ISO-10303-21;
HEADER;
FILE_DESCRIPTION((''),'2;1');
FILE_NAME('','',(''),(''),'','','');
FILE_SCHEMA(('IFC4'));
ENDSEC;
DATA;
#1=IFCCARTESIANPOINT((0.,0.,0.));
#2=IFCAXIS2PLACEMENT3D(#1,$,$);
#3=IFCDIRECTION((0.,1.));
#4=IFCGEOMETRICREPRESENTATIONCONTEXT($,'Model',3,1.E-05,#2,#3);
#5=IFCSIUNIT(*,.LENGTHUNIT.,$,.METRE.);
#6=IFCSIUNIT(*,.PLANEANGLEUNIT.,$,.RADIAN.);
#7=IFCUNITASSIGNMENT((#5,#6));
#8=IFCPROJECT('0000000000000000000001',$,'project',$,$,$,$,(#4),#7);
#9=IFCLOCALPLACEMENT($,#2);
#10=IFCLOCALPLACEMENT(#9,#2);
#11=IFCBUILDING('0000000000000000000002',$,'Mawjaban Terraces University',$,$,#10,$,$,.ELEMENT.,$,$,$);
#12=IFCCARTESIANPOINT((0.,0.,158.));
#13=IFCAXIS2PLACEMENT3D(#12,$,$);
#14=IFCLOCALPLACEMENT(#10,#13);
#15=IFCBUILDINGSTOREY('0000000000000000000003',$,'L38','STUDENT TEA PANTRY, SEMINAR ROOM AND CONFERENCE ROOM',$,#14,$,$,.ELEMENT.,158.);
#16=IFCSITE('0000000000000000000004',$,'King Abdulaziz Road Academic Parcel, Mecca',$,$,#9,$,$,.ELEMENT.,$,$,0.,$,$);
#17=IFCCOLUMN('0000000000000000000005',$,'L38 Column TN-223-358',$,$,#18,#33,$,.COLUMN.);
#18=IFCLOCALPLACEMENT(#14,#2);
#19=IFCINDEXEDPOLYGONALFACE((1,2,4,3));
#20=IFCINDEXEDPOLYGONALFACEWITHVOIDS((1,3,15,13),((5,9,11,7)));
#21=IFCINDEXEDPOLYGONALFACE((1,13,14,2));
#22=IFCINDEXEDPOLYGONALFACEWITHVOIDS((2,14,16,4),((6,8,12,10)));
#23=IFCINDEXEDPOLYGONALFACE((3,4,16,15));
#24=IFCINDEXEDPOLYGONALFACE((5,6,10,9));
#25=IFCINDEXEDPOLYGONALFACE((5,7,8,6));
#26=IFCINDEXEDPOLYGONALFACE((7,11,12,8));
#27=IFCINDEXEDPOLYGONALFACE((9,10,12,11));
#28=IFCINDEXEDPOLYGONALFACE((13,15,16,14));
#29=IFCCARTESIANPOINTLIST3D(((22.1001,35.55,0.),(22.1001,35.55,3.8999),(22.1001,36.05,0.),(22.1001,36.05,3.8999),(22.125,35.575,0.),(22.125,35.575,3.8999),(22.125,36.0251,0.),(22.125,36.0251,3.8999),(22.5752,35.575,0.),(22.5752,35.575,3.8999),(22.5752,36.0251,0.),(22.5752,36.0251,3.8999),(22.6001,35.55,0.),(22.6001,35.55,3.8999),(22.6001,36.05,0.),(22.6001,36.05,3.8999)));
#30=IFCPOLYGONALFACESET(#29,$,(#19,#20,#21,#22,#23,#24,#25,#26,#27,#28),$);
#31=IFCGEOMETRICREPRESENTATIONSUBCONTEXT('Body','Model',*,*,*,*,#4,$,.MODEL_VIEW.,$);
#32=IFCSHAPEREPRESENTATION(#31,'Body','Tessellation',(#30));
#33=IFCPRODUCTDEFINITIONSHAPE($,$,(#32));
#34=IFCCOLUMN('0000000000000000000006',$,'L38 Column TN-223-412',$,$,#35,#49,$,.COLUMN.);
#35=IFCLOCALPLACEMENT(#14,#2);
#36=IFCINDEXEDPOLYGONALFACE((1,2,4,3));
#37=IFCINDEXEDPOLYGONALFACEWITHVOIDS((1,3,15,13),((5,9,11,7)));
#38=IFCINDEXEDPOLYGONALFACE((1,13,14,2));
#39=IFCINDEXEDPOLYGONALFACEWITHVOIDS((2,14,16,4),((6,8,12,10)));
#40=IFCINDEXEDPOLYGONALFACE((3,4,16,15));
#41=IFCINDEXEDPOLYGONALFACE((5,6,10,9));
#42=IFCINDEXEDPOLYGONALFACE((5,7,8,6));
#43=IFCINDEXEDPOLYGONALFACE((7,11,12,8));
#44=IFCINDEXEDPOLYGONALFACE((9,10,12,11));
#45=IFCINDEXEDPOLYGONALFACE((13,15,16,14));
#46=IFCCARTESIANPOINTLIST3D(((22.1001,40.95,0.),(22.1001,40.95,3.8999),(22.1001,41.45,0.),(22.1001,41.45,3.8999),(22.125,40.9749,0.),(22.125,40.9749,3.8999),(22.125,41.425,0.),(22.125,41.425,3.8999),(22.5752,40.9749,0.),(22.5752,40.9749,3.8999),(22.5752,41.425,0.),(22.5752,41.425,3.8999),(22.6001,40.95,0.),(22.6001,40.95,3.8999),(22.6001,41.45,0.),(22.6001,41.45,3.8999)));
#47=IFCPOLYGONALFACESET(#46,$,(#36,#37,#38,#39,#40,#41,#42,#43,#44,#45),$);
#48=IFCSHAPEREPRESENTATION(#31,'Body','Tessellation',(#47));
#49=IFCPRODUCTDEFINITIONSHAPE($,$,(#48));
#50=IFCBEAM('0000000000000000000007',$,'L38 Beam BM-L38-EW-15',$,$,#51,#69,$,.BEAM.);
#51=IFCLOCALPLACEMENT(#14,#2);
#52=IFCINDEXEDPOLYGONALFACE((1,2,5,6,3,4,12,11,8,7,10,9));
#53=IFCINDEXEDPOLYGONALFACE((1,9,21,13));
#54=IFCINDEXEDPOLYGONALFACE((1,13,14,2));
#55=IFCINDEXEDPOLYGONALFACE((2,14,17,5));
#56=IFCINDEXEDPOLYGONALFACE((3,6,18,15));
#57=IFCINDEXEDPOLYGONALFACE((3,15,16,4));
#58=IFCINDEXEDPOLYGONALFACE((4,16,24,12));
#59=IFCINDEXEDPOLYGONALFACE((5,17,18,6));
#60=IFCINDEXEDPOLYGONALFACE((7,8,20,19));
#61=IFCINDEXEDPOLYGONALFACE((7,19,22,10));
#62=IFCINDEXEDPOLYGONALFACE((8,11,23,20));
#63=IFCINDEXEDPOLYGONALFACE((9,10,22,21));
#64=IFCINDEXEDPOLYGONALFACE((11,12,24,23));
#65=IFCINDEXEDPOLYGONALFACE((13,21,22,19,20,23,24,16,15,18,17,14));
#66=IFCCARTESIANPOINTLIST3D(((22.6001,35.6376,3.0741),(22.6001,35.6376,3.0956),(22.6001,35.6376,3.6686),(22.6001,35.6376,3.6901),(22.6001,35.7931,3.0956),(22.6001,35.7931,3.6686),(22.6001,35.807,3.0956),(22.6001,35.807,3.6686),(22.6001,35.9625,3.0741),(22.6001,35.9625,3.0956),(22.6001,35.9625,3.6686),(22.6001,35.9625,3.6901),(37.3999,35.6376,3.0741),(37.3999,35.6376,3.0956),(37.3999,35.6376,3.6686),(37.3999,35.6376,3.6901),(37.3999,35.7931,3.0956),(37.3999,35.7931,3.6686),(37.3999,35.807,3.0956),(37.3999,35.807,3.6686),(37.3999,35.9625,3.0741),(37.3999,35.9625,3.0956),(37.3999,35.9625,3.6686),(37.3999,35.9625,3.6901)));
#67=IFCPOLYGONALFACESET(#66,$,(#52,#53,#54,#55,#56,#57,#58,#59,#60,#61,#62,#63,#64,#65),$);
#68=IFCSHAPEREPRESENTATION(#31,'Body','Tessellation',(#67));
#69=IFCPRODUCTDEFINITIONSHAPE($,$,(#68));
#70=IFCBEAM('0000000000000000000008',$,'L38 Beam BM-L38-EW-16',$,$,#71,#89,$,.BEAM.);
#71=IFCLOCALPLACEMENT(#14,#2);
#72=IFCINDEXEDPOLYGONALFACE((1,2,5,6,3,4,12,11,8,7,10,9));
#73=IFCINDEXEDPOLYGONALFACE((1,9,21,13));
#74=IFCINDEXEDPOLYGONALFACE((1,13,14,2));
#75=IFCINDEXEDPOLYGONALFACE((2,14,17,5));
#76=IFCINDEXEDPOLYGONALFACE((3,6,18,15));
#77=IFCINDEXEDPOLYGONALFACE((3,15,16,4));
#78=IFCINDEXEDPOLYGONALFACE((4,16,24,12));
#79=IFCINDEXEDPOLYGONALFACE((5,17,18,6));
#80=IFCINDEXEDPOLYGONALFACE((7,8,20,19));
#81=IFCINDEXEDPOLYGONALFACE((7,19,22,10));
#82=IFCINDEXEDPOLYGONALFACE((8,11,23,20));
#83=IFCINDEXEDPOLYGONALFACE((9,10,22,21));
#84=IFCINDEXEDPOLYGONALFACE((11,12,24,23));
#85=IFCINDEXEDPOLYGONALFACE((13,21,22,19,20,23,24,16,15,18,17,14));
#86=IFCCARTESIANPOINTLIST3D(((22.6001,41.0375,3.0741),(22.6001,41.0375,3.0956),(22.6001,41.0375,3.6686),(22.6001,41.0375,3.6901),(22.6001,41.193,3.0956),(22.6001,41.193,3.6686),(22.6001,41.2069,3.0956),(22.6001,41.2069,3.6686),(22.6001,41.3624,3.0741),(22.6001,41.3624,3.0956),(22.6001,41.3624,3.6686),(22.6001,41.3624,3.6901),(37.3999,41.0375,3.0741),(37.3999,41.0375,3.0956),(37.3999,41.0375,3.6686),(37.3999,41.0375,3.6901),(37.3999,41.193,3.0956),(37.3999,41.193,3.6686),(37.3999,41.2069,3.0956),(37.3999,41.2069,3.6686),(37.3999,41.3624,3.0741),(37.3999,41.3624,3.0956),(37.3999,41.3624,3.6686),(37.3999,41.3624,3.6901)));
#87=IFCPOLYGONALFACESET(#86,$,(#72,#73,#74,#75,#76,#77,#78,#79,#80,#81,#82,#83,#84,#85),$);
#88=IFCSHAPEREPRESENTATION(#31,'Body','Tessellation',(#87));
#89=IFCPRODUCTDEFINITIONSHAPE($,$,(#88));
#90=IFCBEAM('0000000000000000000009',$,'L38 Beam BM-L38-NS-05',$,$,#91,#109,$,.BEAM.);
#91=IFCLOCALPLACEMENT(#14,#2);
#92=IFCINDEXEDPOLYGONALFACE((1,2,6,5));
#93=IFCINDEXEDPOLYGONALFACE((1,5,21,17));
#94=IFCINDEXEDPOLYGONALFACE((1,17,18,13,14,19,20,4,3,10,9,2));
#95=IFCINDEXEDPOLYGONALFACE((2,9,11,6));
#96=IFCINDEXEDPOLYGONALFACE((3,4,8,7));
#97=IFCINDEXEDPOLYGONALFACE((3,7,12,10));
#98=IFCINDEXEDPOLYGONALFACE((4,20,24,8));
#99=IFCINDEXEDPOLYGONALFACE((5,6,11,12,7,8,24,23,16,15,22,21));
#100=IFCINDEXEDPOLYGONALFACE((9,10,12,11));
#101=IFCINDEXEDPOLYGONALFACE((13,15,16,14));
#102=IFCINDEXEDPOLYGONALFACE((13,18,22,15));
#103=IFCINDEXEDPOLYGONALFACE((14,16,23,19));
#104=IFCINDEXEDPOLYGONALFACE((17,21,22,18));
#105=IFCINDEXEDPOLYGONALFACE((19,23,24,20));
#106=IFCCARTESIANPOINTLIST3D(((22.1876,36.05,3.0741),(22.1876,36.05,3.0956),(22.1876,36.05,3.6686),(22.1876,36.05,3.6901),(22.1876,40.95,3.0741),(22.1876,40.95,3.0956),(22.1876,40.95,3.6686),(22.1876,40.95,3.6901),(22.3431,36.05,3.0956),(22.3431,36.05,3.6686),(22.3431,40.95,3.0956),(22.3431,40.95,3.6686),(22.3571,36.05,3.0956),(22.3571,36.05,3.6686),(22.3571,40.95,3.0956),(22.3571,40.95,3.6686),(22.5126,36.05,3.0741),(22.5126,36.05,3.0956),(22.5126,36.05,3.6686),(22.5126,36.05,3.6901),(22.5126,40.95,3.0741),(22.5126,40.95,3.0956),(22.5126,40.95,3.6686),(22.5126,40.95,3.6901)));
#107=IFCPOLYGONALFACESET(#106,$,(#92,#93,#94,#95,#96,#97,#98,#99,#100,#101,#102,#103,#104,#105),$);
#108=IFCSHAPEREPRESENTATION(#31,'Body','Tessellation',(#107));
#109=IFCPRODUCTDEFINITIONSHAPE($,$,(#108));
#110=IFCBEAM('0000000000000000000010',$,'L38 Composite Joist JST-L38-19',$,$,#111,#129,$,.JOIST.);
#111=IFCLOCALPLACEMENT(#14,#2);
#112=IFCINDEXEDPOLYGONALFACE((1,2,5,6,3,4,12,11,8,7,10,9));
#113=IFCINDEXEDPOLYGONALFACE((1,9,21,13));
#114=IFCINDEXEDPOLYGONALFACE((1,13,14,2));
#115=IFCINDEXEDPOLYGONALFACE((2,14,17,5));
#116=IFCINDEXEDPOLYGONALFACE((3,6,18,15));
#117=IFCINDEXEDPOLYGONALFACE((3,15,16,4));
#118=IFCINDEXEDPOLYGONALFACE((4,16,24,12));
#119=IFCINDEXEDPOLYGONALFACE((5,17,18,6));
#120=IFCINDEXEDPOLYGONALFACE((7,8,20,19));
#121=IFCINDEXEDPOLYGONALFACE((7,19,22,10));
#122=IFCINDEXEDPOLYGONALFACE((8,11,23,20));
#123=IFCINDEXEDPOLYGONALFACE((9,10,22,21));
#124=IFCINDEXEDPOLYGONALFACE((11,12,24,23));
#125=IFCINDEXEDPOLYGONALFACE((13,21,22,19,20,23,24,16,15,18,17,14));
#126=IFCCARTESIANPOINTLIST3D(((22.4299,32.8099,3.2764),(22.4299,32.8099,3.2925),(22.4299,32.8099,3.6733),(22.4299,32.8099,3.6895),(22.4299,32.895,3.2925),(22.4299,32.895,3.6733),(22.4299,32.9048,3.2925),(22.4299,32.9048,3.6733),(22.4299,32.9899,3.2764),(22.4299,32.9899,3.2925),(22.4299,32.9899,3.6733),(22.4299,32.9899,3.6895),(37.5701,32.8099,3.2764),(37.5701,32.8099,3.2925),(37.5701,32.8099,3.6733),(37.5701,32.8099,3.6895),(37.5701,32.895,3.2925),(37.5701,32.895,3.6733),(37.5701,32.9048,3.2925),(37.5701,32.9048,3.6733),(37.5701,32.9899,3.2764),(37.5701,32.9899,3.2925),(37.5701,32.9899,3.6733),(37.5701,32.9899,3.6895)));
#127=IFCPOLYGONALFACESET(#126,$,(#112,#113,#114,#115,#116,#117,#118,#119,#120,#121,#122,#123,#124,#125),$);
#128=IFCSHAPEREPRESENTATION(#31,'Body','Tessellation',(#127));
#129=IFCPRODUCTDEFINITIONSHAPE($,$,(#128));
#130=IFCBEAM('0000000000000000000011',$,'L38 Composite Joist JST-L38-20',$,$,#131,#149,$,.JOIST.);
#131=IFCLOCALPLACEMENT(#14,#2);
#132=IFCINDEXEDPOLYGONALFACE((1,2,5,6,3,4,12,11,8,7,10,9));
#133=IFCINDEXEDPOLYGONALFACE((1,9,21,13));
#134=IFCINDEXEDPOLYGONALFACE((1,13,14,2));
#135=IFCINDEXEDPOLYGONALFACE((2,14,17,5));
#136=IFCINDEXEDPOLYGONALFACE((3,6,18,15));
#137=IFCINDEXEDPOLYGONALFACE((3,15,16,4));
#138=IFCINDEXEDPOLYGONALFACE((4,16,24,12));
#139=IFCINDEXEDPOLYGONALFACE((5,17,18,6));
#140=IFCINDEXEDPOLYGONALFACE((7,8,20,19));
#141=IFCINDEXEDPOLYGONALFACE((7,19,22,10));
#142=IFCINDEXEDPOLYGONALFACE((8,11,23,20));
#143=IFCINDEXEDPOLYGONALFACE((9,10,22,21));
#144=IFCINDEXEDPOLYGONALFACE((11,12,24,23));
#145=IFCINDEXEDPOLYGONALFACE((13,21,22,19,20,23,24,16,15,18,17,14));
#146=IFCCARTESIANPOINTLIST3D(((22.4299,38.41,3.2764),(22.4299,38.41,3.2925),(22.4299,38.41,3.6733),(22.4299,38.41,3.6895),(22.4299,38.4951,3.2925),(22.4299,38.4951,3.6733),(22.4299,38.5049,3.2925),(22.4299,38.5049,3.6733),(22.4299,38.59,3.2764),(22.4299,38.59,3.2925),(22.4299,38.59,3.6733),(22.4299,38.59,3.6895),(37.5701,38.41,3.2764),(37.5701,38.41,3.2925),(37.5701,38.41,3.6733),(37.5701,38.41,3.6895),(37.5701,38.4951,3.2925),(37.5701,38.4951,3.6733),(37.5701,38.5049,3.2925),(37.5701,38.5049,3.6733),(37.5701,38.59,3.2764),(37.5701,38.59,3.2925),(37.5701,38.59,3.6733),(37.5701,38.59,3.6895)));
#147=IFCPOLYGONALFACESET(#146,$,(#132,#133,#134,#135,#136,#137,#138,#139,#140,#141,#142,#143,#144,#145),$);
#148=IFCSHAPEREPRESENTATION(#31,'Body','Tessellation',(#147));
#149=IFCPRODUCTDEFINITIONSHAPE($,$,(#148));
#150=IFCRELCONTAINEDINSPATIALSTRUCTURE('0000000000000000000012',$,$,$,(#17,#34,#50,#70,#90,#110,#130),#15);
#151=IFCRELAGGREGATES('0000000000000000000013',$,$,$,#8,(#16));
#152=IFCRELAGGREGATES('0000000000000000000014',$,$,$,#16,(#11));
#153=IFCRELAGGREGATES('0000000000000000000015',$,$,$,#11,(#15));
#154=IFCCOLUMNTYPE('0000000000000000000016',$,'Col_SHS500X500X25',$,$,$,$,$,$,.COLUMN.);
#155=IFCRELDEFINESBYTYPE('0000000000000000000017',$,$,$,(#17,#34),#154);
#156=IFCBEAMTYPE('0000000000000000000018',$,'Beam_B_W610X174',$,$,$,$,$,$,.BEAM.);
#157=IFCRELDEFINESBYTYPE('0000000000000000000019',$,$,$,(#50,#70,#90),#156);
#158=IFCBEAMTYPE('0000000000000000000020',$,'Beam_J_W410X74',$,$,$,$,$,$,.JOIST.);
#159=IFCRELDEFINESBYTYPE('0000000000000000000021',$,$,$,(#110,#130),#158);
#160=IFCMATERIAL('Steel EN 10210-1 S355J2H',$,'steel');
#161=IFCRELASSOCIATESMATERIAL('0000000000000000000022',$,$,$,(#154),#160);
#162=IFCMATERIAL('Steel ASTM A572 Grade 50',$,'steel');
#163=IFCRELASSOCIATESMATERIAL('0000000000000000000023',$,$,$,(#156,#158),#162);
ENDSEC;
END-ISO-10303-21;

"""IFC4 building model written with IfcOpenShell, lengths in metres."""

from ifc_helpers import new_model, si_unit, direction, frame, origin, origin_2d, place, context, subcontext, project, spatial, hollow_rectangle, i_section, extrude, material, material_profile, profile_set, type_object, element, save


model = new_model("IFC4")

# Units and contexts
model_context = context("Model", 3, precision=1e-05, world=origin(), true_north=direction((0.0, 1.0)))
body_context = subcontext(model_context, "Body", "Model", "MODEL_VIEW")
ifc_project = project(units=[si_unit("LENGTHUNIT", "METRE"), si_unit("PLANEANGLEUNIT", "RADIAN")], contexts=[model_context])

# Site, building, storey
site_placement = place(None, origin())
site = spatial("IfcSite", under=ifc_project, at=site_placement, Name="King Abdulaziz Road Academic Parcel, Mecca", CompositionType="ELEMENT", RefElevation=0.0)
building_placement = place(site_placement, origin())
building = spatial("IfcBuilding", under=site, at=building_placement, Name="Mawjaban Terraces University", CompositionType="ELEMENT")
storey_placement = place(building_placement, frame((0.0, 0.0, 158.0)))
storey = spatial("IfcBuildingStorey", under=building, at=storey_placement, Name="L38", Description="STUDENT TEA PANTRY, SEMINAR ROOM AND CONFERENCE ROOM", CompositionType="ELEMENT", Elevation=158.0)

# Columns
ifc_material_1 = material(Name="Steel EN 10210-1 S355J2H", Category="steel")
ifc_material_profile_1 = material_profile(ifc_material_1, hollow_rectangle(XDim=0.5, YDim=0.5, WallThickness=0.0249, at=origin_2d()), Name="SHS500X500X25")
ifc_profile_set_1 = profile_set([ifc_material_profile_1], Name="Steel EN 10210-1 S355J2H")
column_type = type_object("IfcColumnType", Name="Col_SHS500X500X25", PredefinedType="COLUMN", material=ifc_profile_set_1)
for number, where, z_axis, x_axis, name in (
    (1, (22.3501, 35.8, 0.0), (0.0, 0.0, 1.0), (1.0, 0.0, 0.0), "L38 Column TN-223-358"),
    (2, (22.3501, 41.2, 0.0), (0.0, 0.0, 1.0), (1.0, 0.0, 0.0), "L38 Column TN-223-412"),
):
    element("IfcColumn", number, at=place(storey_placement, frame(where, z_axis=z_axis, x_axis=x_axis)), inside=storey, type_object=column_type, Name=name, PredefinedType="COLUMN", context=body_context, shape_type="SweptSolid", body=[
        extrude(hollow_rectangle(XDim=0.5, YDim=0.5, WallThickness=0.0249, at=origin_2d()), origin(), (0.0, 0.0, 1.0), 3.8999),
    ])

# Beams
ifc_material_2 = material(Name="Steel ASTM A572 Grade 50", Category="steel")
ifc_material_profile_2 = material_profile(ifc_material_2, i_section(OverallWidth=0.325, OverallDepth=0.616, WebThickness=0.0139, FlangeThickness=0.0215, at=origin_2d()), Name="W610X174")
ifc_profile_set_2 = profile_set([ifc_material_profile_2], Name="Steel ASTM A572 Grade 50")
beam_type_1 = type_object("IfcBeamType", Name="Beam_B_W610X174", PredefinedType="BEAM", material=ifc_profile_set_2)
for number, where, z_axis, x_axis, name in (
    (3, (22.6001, 35.8, 3.3821), (1.0, 0.0, 0.0), (0.0, 1.0, 0.0), "L38 Beam BM-L38-EW-15"),
    (4, (22.6001, 41.2, 3.3821), (1.0, 0.0, 0.0), (0.0, 1.0, 0.0), "L38 Beam BM-L38-EW-16"),
):
    element("IfcBeam", number, at=place(storey_placement, frame(where, z_axis=z_axis, x_axis=x_axis)), inside=storey, type_object=beam_type_1, Name=name, PredefinedType="BEAM", context=body_context, shape_type="SweptSolid", body=[
        extrude(i_section(OverallWidth=0.325, OverallDepth=0.616, WebThickness=0.0139, FlangeThickness=0.0215, at=origin_2d()), origin(), (0.0, 0.0, 1.0), 14.7998),
    ])
beam_placement = place(storey_placement, frame((22.3501, 36.05, 3.3821), z_axis=(0.0, 1.0, 0.0), x_axis=(-1.0, 0.0, 0.0)))
element("IfcBeam", 5, at=beam_placement, inside=storey, type_object=beam_type_1, Name="L38 Beam BM-L38-NS-05", PredefinedType="BEAM", context=body_context, shape_type="SweptSolid", body=[
    extrude(i_section(OverallWidth=0.325, OverallDepth=0.616, WebThickness=0.0139, FlangeThickness=0.0215, at=origin_2d()), origin(), (0.0, 0.0, 1.0), 4.8999),
])
ifc_material_profile_3 = material_profile(ifc_material_2, i_section(OverallWidth=0.1799, OverallDepth=0.4131, WebThickness=0.0098, FlangeThickness=0.0161, at=origin_2d()), Name="W410X74")
ifc_profile_set_3 = profile_set([ifc_material_profile_3], Name="Steel ASTM A572 Grade 50")
beam_type_2 = type_object("IfcBeamType", Name="Beam_J_W410X74", PredefinedType="JOIST", material=ifc_profile_set_3)
for number, where, z_axis, x_axis, name in (
    (6, (22.4299, 32.8999, 3.4829), (1.0, 0.0, 0.0), (0.0, 1.0, 0.0), "L38 Composite Joist JST-L38-19"),
    (7, (22.4299, 38.5, 3.4829), (1.0, 0.0, 0.0), (0.0, 1.0, 0.0), "L38 Composite Joist JST-L38-20"),
):
    element("IfcBeam", number, at=place(storey_placement, frame(where, z_axis=z_axis, x_axis=x_axis)), inside=storey, type_object=beam_type_2, Name=name, PredefinedType="JOIST", context=body_context, shape_type="SweptSolid", body=[
        extrude(i_section(OverallWidth=0.1799, OverallDepth=0.4131, WebThickness=0.0098, FlangeThickness=0.0161, at=origin_2d()), origin(), (0.0, 0.0, 1.0), 15.1401),
    ])

save(model, "model.ifc")
